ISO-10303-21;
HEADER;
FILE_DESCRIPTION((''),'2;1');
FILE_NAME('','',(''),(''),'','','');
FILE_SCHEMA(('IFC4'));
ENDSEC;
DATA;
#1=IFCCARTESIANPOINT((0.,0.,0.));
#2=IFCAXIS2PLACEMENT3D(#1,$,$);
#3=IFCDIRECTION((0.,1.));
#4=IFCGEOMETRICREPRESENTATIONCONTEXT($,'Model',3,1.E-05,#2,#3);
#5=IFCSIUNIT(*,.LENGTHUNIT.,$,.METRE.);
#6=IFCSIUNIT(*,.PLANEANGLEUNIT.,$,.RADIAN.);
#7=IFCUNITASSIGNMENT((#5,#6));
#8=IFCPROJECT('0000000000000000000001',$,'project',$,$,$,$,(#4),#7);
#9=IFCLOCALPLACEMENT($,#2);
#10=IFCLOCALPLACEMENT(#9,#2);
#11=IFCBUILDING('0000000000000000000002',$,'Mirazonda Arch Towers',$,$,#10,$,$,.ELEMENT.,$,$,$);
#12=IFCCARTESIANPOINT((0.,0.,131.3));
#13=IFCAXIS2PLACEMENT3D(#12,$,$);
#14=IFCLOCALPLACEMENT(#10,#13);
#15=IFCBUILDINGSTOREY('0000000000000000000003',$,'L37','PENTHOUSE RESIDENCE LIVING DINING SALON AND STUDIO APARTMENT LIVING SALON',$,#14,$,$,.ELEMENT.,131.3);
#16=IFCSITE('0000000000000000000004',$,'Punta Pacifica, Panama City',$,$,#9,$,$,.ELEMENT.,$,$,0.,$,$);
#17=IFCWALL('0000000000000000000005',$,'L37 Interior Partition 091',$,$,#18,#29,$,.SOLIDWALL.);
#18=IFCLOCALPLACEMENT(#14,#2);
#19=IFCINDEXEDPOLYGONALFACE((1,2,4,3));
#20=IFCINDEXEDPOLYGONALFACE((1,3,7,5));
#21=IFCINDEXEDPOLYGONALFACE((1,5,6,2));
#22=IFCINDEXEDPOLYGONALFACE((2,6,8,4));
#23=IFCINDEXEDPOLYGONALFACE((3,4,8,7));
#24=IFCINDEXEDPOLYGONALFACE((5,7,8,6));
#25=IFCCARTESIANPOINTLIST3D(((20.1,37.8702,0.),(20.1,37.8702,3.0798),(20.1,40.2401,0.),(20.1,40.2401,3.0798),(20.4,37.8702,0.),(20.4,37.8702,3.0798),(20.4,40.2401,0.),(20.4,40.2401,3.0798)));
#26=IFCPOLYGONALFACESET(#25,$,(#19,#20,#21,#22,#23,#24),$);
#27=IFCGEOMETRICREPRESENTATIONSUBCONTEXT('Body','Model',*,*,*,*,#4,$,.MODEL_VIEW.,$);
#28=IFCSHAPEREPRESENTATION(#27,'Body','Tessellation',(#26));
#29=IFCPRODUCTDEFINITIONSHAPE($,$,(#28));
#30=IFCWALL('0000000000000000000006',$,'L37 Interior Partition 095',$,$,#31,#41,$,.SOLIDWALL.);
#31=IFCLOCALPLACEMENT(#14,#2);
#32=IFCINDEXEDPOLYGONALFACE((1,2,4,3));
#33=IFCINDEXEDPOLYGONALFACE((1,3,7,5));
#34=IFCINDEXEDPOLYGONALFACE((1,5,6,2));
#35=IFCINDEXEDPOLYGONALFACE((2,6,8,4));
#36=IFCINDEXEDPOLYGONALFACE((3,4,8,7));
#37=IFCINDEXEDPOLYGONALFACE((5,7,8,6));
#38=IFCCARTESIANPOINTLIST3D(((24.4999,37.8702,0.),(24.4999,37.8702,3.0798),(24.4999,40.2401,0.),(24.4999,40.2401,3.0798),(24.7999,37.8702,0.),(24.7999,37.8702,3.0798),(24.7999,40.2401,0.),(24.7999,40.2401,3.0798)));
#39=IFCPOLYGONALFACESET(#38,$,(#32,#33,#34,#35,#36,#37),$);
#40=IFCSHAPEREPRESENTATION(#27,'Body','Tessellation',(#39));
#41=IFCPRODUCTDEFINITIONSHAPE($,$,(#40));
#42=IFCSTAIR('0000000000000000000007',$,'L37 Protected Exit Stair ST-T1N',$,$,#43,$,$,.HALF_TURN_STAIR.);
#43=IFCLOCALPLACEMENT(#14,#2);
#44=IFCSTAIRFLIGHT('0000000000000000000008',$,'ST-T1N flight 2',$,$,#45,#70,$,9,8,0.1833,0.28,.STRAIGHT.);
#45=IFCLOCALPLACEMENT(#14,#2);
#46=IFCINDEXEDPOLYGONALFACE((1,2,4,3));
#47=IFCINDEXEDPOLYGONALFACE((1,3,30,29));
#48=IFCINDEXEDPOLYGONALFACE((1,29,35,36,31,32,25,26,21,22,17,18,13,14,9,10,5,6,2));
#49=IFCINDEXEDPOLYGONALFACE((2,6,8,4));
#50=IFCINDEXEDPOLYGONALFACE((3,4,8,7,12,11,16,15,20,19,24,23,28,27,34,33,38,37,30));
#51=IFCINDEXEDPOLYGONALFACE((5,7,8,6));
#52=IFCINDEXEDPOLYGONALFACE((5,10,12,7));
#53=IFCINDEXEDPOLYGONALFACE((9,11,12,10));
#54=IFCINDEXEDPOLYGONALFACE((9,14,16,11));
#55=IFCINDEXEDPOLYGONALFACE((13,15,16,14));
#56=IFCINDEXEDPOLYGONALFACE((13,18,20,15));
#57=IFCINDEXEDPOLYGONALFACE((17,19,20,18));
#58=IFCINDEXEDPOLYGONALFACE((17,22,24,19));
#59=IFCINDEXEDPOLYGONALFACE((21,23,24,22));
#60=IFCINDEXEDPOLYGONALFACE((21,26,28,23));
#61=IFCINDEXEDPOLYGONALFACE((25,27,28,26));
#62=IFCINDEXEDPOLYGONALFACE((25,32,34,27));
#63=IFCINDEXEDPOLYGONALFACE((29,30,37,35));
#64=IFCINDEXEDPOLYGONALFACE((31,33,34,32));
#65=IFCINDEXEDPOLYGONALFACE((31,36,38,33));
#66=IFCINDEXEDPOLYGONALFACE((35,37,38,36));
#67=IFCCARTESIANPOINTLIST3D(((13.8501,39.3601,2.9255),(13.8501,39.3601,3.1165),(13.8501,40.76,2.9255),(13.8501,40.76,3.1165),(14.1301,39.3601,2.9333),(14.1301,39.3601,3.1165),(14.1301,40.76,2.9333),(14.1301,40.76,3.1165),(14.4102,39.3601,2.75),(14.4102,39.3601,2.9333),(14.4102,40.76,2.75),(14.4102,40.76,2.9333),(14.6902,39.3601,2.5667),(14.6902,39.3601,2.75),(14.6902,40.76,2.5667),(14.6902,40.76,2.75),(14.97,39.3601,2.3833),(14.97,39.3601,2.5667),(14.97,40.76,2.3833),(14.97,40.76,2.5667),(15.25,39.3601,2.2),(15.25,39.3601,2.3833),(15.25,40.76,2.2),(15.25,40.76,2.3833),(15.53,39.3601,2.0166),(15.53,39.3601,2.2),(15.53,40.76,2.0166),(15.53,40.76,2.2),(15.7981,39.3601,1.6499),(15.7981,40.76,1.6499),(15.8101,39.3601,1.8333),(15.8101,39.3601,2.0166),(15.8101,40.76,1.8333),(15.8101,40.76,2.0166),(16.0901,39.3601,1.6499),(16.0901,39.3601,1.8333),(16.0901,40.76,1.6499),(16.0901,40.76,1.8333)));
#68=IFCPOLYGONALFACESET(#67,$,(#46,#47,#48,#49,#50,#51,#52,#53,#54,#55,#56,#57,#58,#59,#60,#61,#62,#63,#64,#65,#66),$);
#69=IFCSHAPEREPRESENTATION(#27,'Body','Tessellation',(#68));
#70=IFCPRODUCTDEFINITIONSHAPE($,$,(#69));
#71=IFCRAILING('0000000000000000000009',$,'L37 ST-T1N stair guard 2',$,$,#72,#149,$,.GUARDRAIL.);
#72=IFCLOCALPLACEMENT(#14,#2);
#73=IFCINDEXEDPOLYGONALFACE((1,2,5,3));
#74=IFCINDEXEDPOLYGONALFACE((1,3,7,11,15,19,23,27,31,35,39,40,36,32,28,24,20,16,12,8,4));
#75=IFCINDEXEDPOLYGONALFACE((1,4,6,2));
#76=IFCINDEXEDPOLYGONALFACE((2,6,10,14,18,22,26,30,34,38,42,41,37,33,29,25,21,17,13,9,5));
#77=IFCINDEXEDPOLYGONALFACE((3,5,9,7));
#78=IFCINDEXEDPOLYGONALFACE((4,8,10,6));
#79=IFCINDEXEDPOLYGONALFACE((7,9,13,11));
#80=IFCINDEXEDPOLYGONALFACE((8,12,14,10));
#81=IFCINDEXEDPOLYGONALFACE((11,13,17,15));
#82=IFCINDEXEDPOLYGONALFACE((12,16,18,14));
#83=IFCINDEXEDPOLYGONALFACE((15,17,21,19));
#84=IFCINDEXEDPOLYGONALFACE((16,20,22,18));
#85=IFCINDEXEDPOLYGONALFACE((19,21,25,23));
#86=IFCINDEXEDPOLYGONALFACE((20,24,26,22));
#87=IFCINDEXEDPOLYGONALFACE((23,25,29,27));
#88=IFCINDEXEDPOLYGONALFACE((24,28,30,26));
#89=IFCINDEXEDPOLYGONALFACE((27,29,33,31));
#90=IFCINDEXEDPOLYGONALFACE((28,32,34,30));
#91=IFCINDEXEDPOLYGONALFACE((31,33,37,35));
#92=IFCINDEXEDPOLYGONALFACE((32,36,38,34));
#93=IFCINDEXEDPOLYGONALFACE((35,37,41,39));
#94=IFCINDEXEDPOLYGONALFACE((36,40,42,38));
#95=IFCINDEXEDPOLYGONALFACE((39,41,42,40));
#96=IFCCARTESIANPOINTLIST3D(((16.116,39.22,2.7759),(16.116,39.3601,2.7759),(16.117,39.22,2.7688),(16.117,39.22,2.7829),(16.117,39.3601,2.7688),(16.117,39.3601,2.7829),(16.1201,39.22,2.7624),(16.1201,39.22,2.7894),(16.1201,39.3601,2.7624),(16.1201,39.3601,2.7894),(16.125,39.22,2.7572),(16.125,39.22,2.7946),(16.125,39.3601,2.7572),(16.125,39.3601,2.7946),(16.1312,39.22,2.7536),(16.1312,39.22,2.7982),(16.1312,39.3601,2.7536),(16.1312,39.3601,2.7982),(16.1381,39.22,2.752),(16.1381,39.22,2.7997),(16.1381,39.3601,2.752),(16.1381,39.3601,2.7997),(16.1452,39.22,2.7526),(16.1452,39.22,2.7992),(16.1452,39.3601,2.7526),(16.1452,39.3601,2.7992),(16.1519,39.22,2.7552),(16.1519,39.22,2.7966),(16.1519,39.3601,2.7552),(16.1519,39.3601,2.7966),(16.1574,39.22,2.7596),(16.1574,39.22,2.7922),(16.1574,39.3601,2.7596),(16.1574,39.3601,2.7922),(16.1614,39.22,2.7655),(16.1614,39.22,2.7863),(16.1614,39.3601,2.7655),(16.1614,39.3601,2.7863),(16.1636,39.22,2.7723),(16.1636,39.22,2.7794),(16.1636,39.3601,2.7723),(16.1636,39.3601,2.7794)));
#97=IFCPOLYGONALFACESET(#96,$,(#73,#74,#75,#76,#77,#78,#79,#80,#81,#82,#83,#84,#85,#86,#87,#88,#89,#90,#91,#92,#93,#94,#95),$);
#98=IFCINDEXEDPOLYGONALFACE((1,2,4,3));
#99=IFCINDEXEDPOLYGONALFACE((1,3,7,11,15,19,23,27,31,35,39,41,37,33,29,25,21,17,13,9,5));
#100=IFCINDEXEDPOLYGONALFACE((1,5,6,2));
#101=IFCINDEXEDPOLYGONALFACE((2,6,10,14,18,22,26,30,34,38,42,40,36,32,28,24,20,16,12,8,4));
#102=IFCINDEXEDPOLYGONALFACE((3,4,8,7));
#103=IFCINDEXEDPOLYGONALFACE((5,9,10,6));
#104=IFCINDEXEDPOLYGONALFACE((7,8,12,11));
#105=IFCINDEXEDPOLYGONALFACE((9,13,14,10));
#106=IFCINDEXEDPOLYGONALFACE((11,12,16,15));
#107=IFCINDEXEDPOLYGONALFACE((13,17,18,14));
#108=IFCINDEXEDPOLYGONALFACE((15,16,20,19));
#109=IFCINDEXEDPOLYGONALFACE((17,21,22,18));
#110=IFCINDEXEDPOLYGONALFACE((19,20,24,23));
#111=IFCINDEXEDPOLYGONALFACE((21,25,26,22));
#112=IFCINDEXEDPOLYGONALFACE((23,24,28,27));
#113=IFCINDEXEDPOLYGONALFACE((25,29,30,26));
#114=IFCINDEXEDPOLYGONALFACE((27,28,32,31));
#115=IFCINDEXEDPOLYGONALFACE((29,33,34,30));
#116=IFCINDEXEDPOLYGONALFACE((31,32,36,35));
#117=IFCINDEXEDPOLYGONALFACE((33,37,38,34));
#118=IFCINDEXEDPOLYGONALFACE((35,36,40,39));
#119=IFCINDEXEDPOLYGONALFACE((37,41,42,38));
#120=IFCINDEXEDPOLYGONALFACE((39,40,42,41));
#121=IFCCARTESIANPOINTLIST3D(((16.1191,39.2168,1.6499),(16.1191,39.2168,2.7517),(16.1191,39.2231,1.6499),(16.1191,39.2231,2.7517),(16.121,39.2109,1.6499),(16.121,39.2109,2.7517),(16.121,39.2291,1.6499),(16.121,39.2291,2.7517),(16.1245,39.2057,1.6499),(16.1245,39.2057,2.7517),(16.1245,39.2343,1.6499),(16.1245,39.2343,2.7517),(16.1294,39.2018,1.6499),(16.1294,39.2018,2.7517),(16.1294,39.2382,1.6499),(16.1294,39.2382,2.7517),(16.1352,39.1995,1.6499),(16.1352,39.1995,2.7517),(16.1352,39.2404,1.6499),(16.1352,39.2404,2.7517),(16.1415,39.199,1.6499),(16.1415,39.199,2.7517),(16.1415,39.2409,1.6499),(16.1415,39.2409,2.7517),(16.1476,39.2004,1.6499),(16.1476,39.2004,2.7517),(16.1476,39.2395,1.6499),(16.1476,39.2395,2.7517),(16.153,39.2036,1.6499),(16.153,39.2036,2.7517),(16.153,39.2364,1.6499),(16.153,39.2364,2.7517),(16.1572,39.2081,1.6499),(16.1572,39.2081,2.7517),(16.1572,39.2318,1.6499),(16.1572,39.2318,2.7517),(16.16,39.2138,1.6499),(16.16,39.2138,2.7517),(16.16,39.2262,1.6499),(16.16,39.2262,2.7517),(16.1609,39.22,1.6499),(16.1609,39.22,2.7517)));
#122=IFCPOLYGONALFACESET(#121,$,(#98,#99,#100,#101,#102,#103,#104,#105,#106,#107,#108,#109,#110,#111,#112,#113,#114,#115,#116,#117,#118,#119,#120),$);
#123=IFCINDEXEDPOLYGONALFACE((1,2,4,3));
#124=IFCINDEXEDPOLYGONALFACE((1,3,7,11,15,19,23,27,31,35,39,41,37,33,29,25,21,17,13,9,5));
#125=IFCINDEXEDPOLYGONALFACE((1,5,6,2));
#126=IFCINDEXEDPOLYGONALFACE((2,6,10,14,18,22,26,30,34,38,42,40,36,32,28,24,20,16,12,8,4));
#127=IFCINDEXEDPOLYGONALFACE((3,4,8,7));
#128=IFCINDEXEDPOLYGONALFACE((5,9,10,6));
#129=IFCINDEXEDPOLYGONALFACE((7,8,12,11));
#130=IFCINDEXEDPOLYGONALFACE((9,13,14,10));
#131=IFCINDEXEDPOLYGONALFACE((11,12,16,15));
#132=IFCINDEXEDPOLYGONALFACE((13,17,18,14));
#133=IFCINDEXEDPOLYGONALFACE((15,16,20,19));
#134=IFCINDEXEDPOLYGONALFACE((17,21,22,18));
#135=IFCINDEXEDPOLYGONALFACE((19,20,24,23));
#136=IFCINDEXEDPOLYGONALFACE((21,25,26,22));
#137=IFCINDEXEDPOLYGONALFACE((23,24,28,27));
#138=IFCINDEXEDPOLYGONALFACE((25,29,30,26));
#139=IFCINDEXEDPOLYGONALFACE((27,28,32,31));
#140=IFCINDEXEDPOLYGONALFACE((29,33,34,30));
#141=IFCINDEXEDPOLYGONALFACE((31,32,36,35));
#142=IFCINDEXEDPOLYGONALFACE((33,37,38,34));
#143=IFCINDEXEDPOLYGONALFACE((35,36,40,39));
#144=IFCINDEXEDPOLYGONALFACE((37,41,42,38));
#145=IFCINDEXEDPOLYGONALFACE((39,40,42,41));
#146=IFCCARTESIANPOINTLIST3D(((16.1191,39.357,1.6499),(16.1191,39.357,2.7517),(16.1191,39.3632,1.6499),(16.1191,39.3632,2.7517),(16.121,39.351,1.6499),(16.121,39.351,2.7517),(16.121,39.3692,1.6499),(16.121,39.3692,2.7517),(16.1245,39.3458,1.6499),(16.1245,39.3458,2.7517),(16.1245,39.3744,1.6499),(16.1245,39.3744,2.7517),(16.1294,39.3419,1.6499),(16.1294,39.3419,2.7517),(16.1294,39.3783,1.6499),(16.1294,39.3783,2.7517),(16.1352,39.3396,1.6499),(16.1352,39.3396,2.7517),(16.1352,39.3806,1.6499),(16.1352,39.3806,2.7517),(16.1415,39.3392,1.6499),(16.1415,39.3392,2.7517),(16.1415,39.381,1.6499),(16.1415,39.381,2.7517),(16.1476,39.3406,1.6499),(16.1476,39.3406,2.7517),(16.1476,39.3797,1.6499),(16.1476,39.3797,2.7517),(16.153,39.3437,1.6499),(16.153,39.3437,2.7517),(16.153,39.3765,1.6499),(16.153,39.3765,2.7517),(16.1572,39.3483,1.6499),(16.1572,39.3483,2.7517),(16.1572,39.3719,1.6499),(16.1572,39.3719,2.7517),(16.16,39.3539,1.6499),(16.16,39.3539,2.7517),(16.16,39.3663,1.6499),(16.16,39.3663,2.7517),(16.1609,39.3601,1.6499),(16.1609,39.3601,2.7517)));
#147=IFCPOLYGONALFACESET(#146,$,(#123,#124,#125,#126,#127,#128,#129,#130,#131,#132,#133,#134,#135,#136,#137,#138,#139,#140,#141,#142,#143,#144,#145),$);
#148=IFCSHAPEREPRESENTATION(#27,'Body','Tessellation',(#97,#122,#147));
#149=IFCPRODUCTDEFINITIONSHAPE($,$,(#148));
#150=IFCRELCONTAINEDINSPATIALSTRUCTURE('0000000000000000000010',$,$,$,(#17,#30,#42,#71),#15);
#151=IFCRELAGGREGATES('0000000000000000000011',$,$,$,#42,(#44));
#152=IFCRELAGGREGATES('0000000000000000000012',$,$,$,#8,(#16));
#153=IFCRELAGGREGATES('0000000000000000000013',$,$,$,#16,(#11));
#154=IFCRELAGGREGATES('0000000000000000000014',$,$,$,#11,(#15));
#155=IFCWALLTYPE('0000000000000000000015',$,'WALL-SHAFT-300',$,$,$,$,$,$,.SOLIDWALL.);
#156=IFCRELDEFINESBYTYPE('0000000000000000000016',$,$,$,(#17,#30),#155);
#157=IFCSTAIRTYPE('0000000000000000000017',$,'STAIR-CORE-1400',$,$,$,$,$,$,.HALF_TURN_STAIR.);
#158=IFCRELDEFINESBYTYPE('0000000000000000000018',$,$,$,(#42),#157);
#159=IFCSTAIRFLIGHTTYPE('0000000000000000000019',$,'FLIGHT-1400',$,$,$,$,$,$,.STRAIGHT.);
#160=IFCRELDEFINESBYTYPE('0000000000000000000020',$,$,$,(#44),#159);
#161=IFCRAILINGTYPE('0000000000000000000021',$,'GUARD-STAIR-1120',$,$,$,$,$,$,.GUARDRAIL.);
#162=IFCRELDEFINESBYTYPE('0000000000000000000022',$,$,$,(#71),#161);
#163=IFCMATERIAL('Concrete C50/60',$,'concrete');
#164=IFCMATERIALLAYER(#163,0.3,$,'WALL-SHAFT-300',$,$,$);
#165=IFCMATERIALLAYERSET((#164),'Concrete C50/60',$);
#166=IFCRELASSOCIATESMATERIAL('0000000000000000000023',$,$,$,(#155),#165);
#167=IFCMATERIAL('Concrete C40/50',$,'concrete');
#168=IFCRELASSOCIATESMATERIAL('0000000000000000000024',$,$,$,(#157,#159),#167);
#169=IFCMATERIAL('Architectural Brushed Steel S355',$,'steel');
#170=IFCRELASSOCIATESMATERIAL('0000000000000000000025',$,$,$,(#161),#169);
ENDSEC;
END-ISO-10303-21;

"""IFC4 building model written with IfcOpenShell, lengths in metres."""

from ifc_helpers import new_model, si_unit, direction, frame, frame_2d, origin, origin_2d, place, context, subcontext, project, spatial, polyline, rectangle, circle, outline, extrude, material, layer, layer_set, type_object, element, aggregate, save


model = new_model("IFC4")

# Units and contexts
model_context = context("Model", 3, precision=1e-05, world=origin(), true_north=direction((0.0, 1.0)))
body_context = subcontext(model_context, "Body", "Model", "MODEL_VIEW")
ifc_project = project(units=[si_unit("LENGTHUNIT", "METRE"), si_unit("PLANEANGLEUNIT", "RADIAN")], contexts=[model_context])

# Site, building, storey
site_placement = place(None, origin())
site = spatial("IfcSite", under=ifc_project, at=site_placement, Name="Punta Pacifica, Panama City", CompositionType="ELEMENT", RefElevation=0.0)
building_placement = place(site_placement, origin())
building = spatial("IfcBuilding", under=site, at=building_placement, Name="Mirazonda Arch Towers", CompositionType="ELEMENT")
storey_placement = place(building_placement, frame((0.0, 0.0, 131.3)))
storey = spatial("IfcBuildingStorey", under=building, at=storey_placement, Name="L37", Description="PENTHOUSE RESIDENCE LIVING DINING SALON AND STUDIO APARTMENT LIVING SALON", CompositionType="ELEMENT", Elevation=131.3)

# Shared definitions
ifc_material_1 = material(Name="Concrete C50/60", Category="concrete")

# Shared definitions
ifc_material_2 = material(Name="Concrete C40/50", Category="concrete")

# Shared definitions
ifc_material_3 = material(Name="Architectural Brushed Steel S355", Category="steel")

# Walls
ifc_layer_1 = layer(ifc_material_1, 0.3, Name="WALL-SHAFT-300")
ifc_layer_set_1 = layer_set([ifc_layer_1], Name="Concrete C50/60")
wall_type_1 = type_object("IfcWallType", Name="WALL-SHAFT-300", PredefinedType="SOLIDWALL", material=ifc_layer_set_1)
for number, where, z_axis, x_axis, name in (
    (1, (20.25, 37.8701, 0.0), (0.0, 0.0, 1.0), (0.0, 1.0, 0.0), "L37 Interior Partition 091"),
    (2, (24.6499, 37.8701, 0.0), (0.0, 0.0, 1.0), (0.0, 1.0, 0.0), "L37 Interior Partition 095"),
):
    element("IfcWall", number, at=place(storey_placement, frame(where, z_axis=z_axis, x_axis=x_axis)), inside=storey, type_object=wall_type_1, Name=name, PredefinedType="SOLIDWALL", context=body_context, shape_type="SweptSolid", body=[
        extrude(rectangle(XDim=2.3699, YDim=0.3, at=frame_2d((1.1851, 0.0))), origin(), (0.0, 0.0, 1.0), 3.0798),
    ])

# Stair, stair flight
stair_type = type_object("IfcStairType", Name="STAIR-CORE-1400", PredefinedType="HALF_TURN_STAIR", material=ifc_material_2)
stair_placement = place(storey_placement, origin())
stair = element("IfcStair", 3, at=stair_placement, inside=storey, type_object=stair_type, Name="L37 Protected Exit Stair ST-T1N", PredefinedType="HALF_TURN_STAIR")
stair_flight_type = type_object("IfcStairFlightType", Name="FLIGHT-1400", PredefinedType="STRAIGHT", material=ifc_material_2)
stair_flight_placement = place(storey_placement, frame((16.0901, 40.0601, 1.6499), z_axis=(0.0, 0.0, 1.0), x_axis=(-1.0, 0.0, 0.0)))
stair_flight = element("IfcStairFlight", 4, at=stair_flight_placement, type_object=stair_flight_type, Name="ST-T1N flight 2", NumberOfRisers=9, NumberOfTreads=8, PredefinedType="STRAIGHT", RiserHeight=0.1833, TreadLength=0.28, context=body_context, shape_type="SweptSolid", body=[
    extrude(outline(polyline([(0.0, 0.0), (0.0, 0.1833), (0.28, 0.1833), (0.28, 0.3667), (0.5601, 0.3667), (0.5601, 0.55), (0.8401, 0.55), (0.8401, 0.7334), (1.1201, 0.7334), (1.1201, 0.9167), (1.3999, 0.9167), (1.3999, 1.1001), (1.6799, 1.1001), (1.6799, 1.2834), (1.96, 1.2834), (1.96, 1.4666), (2.24, 1.4666), (2.24, 1.6499), (2.24, 1.2756), (0.292, 0.0), (0.0, 0.0)])), frame((0.0, 0.7, 0.0), z_axis=(0.0, -1.0, 0.0), x_axis=(1.0, 0.0, 0.0)), (0.0, 0.0, 1.0), 1.3999),
])
aggregate(stair, [stair_flight])

# Railing
railing_type_1 = type_object("IfcRailingType", Name="GUARD-STAIR-1120", PredefinedType="GUARDRAIL", material=ifc_material_3)
railing_1_placement = place(storey_placement, frame((16.1399, 39.22, 1.6499)))
element("IfcRailing", 5, at=railing_1_placement, inside=storey, type_object=railing_type_1, Name="L37 ST-T1N stair guard 2", PredefinedType="GUARDRAIL", context=body_context, shape_type="SweptSolid", body=[
    extrude(circle(Radius=0.0239, at=origin_2d()), frame((0.0, 0.0, 1.126), z_axis=(0.0, 1.0, 0.0), x_axis=(-1.0, 0.0, 0.0)), (0.0, 0.0, 1.0), 0.1401),
    extrude(circle(Radius=0.021, at=origin_2d()), origin(), (0.0, 0.0, 1.0), 1.1018),
    extrude(circle(Radius=0.021, at=origin_2d()), frame((0.0, 0.1401, 0.0)), (0.0, 0.0, 1.0), 1.1018),
])

save(model, "model.ifc")
